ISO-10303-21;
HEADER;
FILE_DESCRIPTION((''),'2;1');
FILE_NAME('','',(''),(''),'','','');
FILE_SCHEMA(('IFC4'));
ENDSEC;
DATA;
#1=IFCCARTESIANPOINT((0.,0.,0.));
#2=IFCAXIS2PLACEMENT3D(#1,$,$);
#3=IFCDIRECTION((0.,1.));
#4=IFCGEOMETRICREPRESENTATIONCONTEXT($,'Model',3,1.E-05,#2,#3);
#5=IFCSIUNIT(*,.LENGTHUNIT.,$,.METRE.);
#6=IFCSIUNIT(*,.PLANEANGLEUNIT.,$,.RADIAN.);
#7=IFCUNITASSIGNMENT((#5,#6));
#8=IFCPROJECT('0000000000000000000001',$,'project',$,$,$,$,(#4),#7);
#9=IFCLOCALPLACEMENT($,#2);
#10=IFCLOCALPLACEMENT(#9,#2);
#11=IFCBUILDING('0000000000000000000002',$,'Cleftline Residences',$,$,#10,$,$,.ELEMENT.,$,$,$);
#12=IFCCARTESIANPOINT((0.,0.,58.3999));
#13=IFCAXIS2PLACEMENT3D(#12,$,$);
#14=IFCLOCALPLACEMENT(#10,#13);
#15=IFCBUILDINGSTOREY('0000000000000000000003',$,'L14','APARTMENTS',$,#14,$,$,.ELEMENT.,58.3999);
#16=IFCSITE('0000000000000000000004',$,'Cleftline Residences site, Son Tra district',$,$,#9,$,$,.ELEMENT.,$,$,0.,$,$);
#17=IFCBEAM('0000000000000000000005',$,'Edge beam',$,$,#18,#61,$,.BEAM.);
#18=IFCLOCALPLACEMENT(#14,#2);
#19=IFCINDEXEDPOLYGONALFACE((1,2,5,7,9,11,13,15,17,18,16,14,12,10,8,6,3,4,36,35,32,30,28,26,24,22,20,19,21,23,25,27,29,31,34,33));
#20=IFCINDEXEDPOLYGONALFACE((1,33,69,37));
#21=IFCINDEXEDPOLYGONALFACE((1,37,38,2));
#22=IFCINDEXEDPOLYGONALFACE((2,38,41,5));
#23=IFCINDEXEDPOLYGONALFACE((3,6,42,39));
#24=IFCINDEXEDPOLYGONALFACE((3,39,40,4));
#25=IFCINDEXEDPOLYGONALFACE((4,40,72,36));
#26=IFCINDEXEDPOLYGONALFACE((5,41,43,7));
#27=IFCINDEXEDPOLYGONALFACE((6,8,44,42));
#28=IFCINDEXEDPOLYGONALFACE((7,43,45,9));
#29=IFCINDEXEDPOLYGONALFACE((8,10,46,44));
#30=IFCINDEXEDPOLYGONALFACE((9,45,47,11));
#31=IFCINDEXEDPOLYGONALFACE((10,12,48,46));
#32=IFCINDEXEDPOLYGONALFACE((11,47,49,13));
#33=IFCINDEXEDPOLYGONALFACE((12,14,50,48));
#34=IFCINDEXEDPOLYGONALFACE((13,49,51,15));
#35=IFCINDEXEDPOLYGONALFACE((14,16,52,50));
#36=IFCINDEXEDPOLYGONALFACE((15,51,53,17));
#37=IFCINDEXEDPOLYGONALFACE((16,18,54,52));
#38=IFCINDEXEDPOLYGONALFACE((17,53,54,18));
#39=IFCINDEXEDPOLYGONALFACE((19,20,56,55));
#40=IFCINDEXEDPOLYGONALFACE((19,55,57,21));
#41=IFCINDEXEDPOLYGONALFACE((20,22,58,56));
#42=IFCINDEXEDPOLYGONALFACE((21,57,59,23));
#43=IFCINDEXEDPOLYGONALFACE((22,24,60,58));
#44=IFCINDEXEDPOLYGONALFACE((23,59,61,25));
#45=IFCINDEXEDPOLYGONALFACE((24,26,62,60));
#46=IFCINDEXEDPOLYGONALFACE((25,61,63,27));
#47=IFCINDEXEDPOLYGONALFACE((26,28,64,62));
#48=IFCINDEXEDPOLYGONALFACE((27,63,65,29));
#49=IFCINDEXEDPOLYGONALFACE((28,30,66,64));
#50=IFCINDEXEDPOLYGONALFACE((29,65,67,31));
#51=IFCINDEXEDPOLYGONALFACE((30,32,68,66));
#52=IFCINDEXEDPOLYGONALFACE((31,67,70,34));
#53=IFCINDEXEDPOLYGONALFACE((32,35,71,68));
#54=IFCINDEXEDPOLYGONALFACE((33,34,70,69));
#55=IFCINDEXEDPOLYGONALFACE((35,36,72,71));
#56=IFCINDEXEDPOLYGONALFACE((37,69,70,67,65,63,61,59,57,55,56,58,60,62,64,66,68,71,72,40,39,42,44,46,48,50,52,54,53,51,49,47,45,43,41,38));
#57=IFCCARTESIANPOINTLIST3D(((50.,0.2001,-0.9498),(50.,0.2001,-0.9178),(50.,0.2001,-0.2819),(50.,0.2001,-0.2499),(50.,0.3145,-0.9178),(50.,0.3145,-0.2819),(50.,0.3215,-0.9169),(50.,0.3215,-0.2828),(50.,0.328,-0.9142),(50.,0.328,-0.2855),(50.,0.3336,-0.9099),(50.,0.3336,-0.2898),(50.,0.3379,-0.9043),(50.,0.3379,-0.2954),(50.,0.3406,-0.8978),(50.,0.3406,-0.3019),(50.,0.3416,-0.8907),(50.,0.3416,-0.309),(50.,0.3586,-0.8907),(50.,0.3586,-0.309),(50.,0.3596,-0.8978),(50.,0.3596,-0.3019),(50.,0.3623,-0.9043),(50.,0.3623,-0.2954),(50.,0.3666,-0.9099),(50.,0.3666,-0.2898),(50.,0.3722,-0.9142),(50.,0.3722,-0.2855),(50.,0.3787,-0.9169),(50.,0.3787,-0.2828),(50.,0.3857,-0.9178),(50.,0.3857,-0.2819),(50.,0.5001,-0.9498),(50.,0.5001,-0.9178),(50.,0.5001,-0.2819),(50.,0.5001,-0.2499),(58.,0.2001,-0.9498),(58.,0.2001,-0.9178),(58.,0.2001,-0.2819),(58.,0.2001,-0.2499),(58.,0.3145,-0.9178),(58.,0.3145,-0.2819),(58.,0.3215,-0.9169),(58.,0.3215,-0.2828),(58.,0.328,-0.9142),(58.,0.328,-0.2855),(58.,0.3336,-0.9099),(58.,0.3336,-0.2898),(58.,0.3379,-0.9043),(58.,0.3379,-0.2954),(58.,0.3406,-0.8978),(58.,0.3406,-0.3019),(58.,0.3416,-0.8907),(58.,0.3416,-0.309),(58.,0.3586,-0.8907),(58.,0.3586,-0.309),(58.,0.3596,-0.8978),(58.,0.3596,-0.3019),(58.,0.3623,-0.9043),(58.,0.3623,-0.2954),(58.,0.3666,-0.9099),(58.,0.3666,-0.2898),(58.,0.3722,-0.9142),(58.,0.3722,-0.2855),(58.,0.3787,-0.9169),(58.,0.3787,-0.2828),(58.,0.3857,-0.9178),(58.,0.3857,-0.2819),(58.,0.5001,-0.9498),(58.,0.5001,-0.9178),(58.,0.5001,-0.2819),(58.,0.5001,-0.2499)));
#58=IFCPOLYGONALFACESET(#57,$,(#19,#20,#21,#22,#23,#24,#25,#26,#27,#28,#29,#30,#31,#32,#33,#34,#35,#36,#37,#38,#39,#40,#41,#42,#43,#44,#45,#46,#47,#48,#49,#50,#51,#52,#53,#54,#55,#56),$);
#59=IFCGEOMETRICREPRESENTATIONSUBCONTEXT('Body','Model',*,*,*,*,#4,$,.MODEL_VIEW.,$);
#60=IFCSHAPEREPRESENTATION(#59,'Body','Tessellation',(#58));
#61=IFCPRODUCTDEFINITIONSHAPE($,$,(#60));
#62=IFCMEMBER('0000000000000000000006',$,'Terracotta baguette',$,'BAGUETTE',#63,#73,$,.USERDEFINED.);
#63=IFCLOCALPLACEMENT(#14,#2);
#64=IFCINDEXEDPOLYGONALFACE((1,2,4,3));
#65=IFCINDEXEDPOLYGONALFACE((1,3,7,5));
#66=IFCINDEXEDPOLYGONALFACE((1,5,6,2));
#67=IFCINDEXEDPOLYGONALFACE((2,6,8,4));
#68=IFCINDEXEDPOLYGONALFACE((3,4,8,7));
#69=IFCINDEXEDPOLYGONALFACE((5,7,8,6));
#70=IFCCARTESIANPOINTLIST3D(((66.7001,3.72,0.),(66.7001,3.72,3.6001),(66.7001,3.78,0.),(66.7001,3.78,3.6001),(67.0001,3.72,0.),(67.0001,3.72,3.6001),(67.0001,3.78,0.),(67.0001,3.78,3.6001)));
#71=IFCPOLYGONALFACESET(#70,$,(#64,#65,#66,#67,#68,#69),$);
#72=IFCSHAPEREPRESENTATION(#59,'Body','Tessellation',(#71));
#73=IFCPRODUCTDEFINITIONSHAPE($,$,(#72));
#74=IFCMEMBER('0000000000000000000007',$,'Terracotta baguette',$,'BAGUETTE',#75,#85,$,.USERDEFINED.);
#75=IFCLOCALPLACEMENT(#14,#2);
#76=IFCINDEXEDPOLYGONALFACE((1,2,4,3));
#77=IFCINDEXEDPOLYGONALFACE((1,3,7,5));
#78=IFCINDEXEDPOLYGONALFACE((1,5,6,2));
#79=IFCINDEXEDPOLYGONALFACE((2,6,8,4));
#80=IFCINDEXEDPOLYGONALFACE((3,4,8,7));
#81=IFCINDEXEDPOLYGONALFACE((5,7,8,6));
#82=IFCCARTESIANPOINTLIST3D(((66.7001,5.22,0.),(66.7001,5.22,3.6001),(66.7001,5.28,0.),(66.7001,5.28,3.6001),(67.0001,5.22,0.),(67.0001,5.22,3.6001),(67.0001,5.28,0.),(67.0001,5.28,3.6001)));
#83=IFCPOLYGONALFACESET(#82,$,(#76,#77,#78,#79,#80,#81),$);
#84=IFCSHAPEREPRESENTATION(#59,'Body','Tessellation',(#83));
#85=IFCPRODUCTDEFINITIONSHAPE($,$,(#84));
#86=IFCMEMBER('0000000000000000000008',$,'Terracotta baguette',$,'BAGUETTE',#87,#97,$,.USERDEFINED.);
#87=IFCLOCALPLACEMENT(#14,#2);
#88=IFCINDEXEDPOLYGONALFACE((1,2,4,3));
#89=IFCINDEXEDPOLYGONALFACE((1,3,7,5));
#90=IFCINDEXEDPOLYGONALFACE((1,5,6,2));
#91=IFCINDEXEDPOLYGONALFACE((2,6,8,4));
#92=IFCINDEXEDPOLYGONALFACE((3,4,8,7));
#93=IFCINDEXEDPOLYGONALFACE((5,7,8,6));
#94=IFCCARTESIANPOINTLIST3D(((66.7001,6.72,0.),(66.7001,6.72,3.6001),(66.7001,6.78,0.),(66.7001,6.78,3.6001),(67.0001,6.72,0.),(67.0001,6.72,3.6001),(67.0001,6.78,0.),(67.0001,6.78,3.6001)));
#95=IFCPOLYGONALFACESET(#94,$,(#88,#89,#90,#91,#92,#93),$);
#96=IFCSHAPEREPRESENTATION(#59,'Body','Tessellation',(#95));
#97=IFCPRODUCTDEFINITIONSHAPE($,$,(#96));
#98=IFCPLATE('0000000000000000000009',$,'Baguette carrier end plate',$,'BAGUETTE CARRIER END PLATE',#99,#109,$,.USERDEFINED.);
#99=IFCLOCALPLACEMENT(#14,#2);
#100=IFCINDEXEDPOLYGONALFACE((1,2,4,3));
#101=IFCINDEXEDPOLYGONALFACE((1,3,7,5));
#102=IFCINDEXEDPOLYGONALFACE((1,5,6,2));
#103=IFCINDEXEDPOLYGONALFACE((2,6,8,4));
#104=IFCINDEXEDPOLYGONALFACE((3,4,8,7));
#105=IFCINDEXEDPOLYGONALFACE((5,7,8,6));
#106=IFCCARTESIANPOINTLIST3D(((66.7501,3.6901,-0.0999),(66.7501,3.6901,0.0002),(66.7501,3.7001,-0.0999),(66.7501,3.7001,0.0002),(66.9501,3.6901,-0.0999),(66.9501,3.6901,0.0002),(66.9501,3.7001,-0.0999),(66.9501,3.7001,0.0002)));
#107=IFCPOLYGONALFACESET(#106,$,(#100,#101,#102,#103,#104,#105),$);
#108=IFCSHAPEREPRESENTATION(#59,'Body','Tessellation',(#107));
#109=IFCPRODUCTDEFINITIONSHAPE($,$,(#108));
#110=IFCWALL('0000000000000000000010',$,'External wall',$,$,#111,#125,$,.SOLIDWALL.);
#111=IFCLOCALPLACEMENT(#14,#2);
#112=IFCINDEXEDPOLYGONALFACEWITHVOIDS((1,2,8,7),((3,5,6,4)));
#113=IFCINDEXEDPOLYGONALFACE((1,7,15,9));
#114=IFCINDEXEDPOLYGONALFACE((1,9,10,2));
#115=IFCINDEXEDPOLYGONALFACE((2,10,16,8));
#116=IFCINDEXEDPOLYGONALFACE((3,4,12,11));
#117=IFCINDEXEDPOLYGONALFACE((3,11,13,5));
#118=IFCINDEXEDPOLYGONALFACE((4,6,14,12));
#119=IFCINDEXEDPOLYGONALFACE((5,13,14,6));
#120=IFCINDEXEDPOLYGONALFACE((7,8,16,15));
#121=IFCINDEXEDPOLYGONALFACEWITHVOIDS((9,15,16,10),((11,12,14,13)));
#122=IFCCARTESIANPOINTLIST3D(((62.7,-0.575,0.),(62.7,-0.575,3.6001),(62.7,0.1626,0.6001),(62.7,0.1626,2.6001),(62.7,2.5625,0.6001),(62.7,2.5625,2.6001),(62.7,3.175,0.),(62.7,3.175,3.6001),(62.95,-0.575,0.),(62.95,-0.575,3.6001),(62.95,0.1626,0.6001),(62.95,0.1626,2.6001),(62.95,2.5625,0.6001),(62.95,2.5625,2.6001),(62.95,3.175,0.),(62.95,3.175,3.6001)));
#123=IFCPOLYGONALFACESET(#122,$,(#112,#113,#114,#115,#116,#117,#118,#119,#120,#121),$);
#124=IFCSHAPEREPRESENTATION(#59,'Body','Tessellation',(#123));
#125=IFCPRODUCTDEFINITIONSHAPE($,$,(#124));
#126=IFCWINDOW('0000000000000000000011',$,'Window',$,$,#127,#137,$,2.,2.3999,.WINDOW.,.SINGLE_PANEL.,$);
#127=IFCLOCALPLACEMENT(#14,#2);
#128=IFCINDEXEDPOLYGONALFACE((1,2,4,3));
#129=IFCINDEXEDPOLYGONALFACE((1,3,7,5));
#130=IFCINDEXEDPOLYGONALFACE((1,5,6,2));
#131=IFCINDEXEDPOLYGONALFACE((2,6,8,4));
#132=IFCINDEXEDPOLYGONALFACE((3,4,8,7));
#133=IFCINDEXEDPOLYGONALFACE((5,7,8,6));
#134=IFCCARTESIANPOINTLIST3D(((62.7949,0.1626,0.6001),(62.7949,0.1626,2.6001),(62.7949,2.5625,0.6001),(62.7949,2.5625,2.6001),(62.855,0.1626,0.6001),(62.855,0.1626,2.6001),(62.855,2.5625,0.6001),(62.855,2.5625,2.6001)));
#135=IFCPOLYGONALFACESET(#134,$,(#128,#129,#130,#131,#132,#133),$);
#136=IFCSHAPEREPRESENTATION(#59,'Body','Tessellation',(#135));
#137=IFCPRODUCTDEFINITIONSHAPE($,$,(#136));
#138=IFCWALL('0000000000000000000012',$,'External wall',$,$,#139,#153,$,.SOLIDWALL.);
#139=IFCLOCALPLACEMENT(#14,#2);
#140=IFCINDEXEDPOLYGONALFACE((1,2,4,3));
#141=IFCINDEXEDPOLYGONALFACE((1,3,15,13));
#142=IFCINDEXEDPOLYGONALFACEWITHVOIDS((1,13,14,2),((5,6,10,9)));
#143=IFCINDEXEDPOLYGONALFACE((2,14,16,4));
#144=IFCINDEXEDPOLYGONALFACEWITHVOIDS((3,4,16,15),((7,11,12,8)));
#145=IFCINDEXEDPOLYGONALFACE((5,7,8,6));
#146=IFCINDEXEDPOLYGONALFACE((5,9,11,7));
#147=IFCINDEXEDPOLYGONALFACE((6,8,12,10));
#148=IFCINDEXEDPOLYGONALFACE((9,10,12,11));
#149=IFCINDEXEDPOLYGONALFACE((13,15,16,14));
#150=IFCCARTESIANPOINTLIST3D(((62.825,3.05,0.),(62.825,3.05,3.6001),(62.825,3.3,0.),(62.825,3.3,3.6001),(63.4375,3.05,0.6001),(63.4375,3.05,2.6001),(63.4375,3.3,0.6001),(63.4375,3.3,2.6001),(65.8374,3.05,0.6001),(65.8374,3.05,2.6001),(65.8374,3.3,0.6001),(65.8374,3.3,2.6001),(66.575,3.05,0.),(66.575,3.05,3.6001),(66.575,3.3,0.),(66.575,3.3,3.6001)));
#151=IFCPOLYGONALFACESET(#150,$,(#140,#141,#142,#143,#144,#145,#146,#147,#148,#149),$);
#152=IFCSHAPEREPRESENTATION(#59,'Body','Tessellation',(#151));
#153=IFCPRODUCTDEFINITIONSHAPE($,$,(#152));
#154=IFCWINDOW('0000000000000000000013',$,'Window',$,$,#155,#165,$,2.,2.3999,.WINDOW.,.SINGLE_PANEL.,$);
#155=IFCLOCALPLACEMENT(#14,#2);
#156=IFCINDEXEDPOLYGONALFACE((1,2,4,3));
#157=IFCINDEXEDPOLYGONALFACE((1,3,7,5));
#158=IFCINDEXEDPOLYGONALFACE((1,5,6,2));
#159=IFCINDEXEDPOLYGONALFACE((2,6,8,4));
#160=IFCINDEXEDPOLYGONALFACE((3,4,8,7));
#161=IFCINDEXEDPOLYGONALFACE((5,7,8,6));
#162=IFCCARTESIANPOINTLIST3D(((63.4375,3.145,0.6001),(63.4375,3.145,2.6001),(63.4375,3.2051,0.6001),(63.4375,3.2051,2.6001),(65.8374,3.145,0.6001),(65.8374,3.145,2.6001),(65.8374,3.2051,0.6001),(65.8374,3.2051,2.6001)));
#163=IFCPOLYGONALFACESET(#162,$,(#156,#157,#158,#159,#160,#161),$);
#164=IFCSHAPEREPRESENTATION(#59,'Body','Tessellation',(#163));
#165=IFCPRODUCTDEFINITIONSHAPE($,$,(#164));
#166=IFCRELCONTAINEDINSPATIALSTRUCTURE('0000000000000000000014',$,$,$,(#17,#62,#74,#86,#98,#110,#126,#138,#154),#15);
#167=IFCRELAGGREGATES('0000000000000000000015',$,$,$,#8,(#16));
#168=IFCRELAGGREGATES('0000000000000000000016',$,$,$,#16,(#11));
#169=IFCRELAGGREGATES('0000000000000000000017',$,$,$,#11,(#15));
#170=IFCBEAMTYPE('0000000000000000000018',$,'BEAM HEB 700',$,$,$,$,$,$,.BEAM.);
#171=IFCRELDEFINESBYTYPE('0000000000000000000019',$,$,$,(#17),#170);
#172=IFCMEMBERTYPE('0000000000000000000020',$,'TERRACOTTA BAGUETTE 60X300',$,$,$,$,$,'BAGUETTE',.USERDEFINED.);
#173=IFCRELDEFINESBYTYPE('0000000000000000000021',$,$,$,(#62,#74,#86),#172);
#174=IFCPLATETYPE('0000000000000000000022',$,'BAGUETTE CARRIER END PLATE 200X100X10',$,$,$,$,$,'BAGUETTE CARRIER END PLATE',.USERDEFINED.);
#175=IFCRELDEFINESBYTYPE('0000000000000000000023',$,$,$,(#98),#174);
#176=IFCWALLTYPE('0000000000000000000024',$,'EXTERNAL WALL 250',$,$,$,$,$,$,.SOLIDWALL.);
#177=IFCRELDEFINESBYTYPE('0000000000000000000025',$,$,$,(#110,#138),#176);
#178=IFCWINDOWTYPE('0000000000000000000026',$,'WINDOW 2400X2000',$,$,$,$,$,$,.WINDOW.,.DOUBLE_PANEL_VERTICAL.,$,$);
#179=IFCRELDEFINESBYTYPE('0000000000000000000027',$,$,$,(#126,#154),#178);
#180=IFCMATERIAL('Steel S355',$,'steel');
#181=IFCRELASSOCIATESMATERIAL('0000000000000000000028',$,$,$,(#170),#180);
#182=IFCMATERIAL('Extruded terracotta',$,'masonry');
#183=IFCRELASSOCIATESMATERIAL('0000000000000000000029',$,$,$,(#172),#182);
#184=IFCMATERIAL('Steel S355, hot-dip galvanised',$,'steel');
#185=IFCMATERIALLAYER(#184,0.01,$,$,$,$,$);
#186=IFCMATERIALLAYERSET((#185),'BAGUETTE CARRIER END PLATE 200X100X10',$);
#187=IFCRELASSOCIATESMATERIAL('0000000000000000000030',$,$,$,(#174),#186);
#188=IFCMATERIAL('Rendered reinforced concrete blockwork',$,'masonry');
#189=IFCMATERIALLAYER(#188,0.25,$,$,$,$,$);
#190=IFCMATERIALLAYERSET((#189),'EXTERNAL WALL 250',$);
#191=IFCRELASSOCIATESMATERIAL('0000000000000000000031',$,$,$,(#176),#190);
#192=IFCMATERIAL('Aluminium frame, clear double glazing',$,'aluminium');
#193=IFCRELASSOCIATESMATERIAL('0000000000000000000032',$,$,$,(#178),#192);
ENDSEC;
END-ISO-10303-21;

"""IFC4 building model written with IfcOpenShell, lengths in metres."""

from ifc_helpers import new_model, si_unit, direction, frame, frame_2d, origin, origin_2d, place, context, subcontext, project, spatial, rectangle, i_section, extrude, material, layer, layer_set, material_profile, profile_set, type_object, element, fill, save


model = new_model("IFC4")

# Units and contexts
model_context = context("Model", 3, precision=1e-05, world=origin(), true_north=direction((0.0, 1.0)))
body_context = subcontext(model_context, "Body", "Model", "MODEL_VIEW")
ifc_project = project(units=[si_unit("LENGTHUNIT", "METRE"), si_unit("PLANEANGLEUNIT", "RADIAN")], contexts=[model_context])

# Site, building, storey
site_placement = place(None, origin())
site = spatial("IfcSite", under=ifc_project, at=site_placement, Name="Cleftline Residences site, Son Tra district", CompositionType="ELEMENT", RefElevation=0.0)
building_placement = place(site_placement, origin())
building = spatial("IfcBuilding", under=site, at=building_placement, Name="Cleftline Residences", CompositionType="ELEMENT")
storey_placement = place(building_placement, frame((0.0, 0.0, 58.3999)))
storey = spatial("IfcBuildingStorey", under=building, at=storey_placement, Name="L14", Description="APARTMENTS", CompositionType="ELEMENT", Elevation=58.3999)

# Beam
ifc_material_1 = material(Name="Steel S355", Category="steel")
ifc_material_profile_1 = material_profile(ifc_material_1, i_section(OverallWidth=0.3, OverallDepth=0.7, WebThickness=0.0171, FlangeThickness=0.032, FilletRadius=0.0271, at=origin_2d()))
ifc_profile_set_1 = profile_set([ifc_material_profile_1], Name="Steel S355")
beam_type = type_object("IfcBeamType", Name="BEAM HEB 700", PredefinedType="BEAM", material=ifc_profile_set_1)
beam_placement = place(storey_placement, frame((58.0, 0.3501, -0.5999), z_axis=(-1.0, 0.0, 0.0), x_axis=(0.0, -1.0, 0.0)))
element("IfcBeam", 1, at=beam_placement, inside=storey, type_object=beam_type, Name="Edge beam", PredefinedType="BEAM", context=body_context, shape_type="SweptSolid", body=[
    extrude(i_section(OverallWidth=0.3, OverallDepth=0.7, WebThickness=0.0171, FlangeThickness=0.032, FilletRadius=0.0271, at=origin_2d()), origin(), (0.0, 0.0, 1.0), 8.0),
])

# Members
ifc_material_2 = material(Name="Extruded terracotta", Category="masonry")
ifc_material_profile_2 = material_profile(ifc_material_2, rectangle(XDim=0.0601, YDim=0.3, at=origin_2d()))
ifc_profile_set_2 = profile_set([ifc_material_profile_2], Name="Extruded terracotta")
member_type_1 = type_object("IfcMemberType", Name="TERRACOTTA BAGUETTE 60X300", ElementType="BAGUETTE", PredefinedType="USERDEFINED", material=ifc_profile_set_2)
for number, where, z_axis, x_axis, name in (
    (2, (66.8501, 3.75, 0.0), (0.0, 0.0, 1.0), (0.0, 1.0, 0.0), "Terracotta baguette"),
    (3, (66.8501, 5.25, 0.0), (0.0, 0.0, 1.0), (0.0, 1.0, 0.0), "Terracotta baguette"),
    (4, (66.8501, 6.75, 0.0), (0.0, 0.0, 1.0), (0.0, 1.0, 0.0), "Terracotta baguette"),
):
    element("IfcMember", number, at=place(storey_placement, frame(where, z_axis=z_axis, x_axis=x_axis)), inside=storey, type_object=member_type_1, Name=name, ObjectType="BAGUETTE", PredefinedType="USERDEFINED", context=body_context, shape_type="SweptSolid", body=[
        extrude(rectangle(XDim=0.0601, YDim=0.3, at=origin_2d()), origin(), (0.0, 0.0, 1.0), 3.6001),
    ])

# Plate
ifc_material_3 = material(Name="Steel S355, hot-dip galvanised", Category="steel")
ifc_layer_1 = layer(ifc_material_3, 0.01)
ifc_layer_set_1 = layer_set([ifc_layer_1], Name="BAGUETTE CARRIER END PLATE 200X100X10")
plate_type = type_object("IfcPlateType", Name="BAGUETTE CARRIER END PLATE 200X100X10", ElementType="BAGUETTE CARRIER END PLATE", PredefinedType="USERDEFINED", material=ifc_layer_set_1)
plate_placement = place(storey_placement, frame((66.8501, 3.6951, -0.0999), z_axis=(0.0, 0.0, 1.0), x_axis=(1.0, 0.0, 0.0)))
element("IfcPlate", 5, at=plate_placement, inside=storey, type_object=plate_type, Name="Baguette carrier end plate", ObjectType="BAGUETTE CARRIER END PLATE", PredefinedType="USERDEFINED", context=body_context, shape_type="SweptSolid", body=[
    extrude(rectangle(XDim=0.2, YDim=0.01, at=origin_2d()), origin(), (0.0, 0.0, 1.0), 0.1001),
])

# Walls, openings, windows
ifc_material_4 = material(Name="Rendered reinforced concrete blockwork", Category="masonry")
ifc_layer_2 = layer(ifc_material_4, 0.25)
ifc_layer_set_2 = layer_set([ifc_layer_2], Name="EXTERNAL WALL 250")
wall_type_1 = type_object("IfcWallType", Name="EXTERNAL WALL 250", PredefinedType="SOLIDWALL", material=ifc_layer_set_2)
wall_1_placement = place(storey_placement, frame((62.825, -0.575, 0.0), z_axis=(0.0, 0.0, 1.0), x_axis=(0.0, 1.0, 0.0)))
wall_1 = element("IfcWall", 6, at=wall_1_placement, inside=storey, type_object=wall_type_1, Name="External wall", PredefinedType="SOLIDWALL", context=body_context, shape_type="SweptSolid", body=[
    extrude(rectangle(XDim=3.75, YDim=0.25, at=frame_2d((1.875, 0.0))), origin(), (0.0, 0.0, 1.0), 3.6001),
])
opening_1_placement = place(wall_1_placement, frame((0.7375, 0.0, 0.6001)))
opening_1 = element("IfcOpeningElement", 7, at=opening_1_placement, cuts=wall_1, PredefinedType="OPENING", context=body_context, shape_type="SweptSolid", body=[
    extrude(rectangle(XDim=2.3999, YDim=2.0, at=frame_2d((1.2, 1.0))), frame((0.0, 0.135, 0.0), z_axis=(0.0, -1.0, 0.0), x_axis=(1.0, 0.0, 0.0)), (0.0, 0.0, 1.0), 0.27),
])
ifc_material_5 = material(Name="Aluminium frame, clear double glazing", Category="aluminium")
window_type_1 = type_object("IfcWindowType", Name="WINDOW 2400X2000", PartitioningType="DOUBLE_PANEL_VERTICAL", PredefinedType="WINDOW", material=ifc_material_5)
window_1_placement = place(opening_1_placement, origin())
window_1 = element("IfcWindow", 8, at=window_1_placement, inside=storey, type_object=window_type_1, Name="Window", OverallHeight=2.0, OverallWidth=2.3999, PartitioningType="SINGLE_PANEL", PredefinedType="WINDOW", context=body_context, shape_type="SweptSolid", body=[
    extrude(rectangle(XDim=2.3999, YDim=2.0, at=frame_2d((1.2, 1.0))), frame((0.0, 0.03, 0.0), z_axis=(0.0, -1.0, 0.0), x_axis=(1.0, 0.0, 0.0)), (0.0, 0.0, 1.0), 0.0601),
])
fill(opening_1, window_1)
wall_2_placement = place(storey_placement, frame((62.825, 3.175, 0.0), z_axis=(0.0, 0.0, 1.0), x_axis=(1.0, 0.0, 0.0)))
wall_2 = element("IfcWall", 9, at=wall_2_placement, inside=storey, type_object=wall_type_1, Name="External wall", PredefinedType="SOLIDWALL", context=body_context, shape_type="SweptSolid", body=[
    extrude(rectangle(XDim=3.75, YDim=0.25, at=frame_2d((1.875, 0.0))), origin(), (0.0, 0.0, 1.0), 3.6001),
])
opening_2_placement = place(wall_2_placement, frame((0.6125, 0.0, 0.6001)))
opening_2 = element("IfcOpeningElement", 10, at=opening_2_placement, cuts=wall_2, PredefinedType="OPENING", context=body_context, shape_type="SweptSolid", body=[
    extrude(rectangle(XDim=2.3999, YDim=2.0, at=frame_2d((1.2, 1.0))), frame((0.0, 0.135, 0.0), z_axis=(0.0, -1.0, 0.0), x_axis=(1.0, 0.0, 0.0)), (0.0, 0.0, 1.0), 0.27),
])
window_2_placement = place(opening_2_placement, origin())
window_2 = element("IfcWindow", 11, at=window_2_placement, inside=storey, type_object=window_type_1, Name="Window", OverallHeight=2.0, OverallWidth=2.3999, PartitioningType="SINGLE_PANEL", PredefinedType="WINDOW", context=body_context, shape_type="SweptSolid", body=[
    extrude(rectangle(XDim=2.3999, YDim=2.0, at=frame_2d((1.2, 1.0))), frame((0.0, 0.03, 0.0), z_axis=(0.0, -1.0, 0.0), x_axis=(1.0, 0.0, 0.0)), (0.0, 0.0, 1.0), 0.0601),
])
fill(opening_2, window_2)

save(model, "model.ifc")
